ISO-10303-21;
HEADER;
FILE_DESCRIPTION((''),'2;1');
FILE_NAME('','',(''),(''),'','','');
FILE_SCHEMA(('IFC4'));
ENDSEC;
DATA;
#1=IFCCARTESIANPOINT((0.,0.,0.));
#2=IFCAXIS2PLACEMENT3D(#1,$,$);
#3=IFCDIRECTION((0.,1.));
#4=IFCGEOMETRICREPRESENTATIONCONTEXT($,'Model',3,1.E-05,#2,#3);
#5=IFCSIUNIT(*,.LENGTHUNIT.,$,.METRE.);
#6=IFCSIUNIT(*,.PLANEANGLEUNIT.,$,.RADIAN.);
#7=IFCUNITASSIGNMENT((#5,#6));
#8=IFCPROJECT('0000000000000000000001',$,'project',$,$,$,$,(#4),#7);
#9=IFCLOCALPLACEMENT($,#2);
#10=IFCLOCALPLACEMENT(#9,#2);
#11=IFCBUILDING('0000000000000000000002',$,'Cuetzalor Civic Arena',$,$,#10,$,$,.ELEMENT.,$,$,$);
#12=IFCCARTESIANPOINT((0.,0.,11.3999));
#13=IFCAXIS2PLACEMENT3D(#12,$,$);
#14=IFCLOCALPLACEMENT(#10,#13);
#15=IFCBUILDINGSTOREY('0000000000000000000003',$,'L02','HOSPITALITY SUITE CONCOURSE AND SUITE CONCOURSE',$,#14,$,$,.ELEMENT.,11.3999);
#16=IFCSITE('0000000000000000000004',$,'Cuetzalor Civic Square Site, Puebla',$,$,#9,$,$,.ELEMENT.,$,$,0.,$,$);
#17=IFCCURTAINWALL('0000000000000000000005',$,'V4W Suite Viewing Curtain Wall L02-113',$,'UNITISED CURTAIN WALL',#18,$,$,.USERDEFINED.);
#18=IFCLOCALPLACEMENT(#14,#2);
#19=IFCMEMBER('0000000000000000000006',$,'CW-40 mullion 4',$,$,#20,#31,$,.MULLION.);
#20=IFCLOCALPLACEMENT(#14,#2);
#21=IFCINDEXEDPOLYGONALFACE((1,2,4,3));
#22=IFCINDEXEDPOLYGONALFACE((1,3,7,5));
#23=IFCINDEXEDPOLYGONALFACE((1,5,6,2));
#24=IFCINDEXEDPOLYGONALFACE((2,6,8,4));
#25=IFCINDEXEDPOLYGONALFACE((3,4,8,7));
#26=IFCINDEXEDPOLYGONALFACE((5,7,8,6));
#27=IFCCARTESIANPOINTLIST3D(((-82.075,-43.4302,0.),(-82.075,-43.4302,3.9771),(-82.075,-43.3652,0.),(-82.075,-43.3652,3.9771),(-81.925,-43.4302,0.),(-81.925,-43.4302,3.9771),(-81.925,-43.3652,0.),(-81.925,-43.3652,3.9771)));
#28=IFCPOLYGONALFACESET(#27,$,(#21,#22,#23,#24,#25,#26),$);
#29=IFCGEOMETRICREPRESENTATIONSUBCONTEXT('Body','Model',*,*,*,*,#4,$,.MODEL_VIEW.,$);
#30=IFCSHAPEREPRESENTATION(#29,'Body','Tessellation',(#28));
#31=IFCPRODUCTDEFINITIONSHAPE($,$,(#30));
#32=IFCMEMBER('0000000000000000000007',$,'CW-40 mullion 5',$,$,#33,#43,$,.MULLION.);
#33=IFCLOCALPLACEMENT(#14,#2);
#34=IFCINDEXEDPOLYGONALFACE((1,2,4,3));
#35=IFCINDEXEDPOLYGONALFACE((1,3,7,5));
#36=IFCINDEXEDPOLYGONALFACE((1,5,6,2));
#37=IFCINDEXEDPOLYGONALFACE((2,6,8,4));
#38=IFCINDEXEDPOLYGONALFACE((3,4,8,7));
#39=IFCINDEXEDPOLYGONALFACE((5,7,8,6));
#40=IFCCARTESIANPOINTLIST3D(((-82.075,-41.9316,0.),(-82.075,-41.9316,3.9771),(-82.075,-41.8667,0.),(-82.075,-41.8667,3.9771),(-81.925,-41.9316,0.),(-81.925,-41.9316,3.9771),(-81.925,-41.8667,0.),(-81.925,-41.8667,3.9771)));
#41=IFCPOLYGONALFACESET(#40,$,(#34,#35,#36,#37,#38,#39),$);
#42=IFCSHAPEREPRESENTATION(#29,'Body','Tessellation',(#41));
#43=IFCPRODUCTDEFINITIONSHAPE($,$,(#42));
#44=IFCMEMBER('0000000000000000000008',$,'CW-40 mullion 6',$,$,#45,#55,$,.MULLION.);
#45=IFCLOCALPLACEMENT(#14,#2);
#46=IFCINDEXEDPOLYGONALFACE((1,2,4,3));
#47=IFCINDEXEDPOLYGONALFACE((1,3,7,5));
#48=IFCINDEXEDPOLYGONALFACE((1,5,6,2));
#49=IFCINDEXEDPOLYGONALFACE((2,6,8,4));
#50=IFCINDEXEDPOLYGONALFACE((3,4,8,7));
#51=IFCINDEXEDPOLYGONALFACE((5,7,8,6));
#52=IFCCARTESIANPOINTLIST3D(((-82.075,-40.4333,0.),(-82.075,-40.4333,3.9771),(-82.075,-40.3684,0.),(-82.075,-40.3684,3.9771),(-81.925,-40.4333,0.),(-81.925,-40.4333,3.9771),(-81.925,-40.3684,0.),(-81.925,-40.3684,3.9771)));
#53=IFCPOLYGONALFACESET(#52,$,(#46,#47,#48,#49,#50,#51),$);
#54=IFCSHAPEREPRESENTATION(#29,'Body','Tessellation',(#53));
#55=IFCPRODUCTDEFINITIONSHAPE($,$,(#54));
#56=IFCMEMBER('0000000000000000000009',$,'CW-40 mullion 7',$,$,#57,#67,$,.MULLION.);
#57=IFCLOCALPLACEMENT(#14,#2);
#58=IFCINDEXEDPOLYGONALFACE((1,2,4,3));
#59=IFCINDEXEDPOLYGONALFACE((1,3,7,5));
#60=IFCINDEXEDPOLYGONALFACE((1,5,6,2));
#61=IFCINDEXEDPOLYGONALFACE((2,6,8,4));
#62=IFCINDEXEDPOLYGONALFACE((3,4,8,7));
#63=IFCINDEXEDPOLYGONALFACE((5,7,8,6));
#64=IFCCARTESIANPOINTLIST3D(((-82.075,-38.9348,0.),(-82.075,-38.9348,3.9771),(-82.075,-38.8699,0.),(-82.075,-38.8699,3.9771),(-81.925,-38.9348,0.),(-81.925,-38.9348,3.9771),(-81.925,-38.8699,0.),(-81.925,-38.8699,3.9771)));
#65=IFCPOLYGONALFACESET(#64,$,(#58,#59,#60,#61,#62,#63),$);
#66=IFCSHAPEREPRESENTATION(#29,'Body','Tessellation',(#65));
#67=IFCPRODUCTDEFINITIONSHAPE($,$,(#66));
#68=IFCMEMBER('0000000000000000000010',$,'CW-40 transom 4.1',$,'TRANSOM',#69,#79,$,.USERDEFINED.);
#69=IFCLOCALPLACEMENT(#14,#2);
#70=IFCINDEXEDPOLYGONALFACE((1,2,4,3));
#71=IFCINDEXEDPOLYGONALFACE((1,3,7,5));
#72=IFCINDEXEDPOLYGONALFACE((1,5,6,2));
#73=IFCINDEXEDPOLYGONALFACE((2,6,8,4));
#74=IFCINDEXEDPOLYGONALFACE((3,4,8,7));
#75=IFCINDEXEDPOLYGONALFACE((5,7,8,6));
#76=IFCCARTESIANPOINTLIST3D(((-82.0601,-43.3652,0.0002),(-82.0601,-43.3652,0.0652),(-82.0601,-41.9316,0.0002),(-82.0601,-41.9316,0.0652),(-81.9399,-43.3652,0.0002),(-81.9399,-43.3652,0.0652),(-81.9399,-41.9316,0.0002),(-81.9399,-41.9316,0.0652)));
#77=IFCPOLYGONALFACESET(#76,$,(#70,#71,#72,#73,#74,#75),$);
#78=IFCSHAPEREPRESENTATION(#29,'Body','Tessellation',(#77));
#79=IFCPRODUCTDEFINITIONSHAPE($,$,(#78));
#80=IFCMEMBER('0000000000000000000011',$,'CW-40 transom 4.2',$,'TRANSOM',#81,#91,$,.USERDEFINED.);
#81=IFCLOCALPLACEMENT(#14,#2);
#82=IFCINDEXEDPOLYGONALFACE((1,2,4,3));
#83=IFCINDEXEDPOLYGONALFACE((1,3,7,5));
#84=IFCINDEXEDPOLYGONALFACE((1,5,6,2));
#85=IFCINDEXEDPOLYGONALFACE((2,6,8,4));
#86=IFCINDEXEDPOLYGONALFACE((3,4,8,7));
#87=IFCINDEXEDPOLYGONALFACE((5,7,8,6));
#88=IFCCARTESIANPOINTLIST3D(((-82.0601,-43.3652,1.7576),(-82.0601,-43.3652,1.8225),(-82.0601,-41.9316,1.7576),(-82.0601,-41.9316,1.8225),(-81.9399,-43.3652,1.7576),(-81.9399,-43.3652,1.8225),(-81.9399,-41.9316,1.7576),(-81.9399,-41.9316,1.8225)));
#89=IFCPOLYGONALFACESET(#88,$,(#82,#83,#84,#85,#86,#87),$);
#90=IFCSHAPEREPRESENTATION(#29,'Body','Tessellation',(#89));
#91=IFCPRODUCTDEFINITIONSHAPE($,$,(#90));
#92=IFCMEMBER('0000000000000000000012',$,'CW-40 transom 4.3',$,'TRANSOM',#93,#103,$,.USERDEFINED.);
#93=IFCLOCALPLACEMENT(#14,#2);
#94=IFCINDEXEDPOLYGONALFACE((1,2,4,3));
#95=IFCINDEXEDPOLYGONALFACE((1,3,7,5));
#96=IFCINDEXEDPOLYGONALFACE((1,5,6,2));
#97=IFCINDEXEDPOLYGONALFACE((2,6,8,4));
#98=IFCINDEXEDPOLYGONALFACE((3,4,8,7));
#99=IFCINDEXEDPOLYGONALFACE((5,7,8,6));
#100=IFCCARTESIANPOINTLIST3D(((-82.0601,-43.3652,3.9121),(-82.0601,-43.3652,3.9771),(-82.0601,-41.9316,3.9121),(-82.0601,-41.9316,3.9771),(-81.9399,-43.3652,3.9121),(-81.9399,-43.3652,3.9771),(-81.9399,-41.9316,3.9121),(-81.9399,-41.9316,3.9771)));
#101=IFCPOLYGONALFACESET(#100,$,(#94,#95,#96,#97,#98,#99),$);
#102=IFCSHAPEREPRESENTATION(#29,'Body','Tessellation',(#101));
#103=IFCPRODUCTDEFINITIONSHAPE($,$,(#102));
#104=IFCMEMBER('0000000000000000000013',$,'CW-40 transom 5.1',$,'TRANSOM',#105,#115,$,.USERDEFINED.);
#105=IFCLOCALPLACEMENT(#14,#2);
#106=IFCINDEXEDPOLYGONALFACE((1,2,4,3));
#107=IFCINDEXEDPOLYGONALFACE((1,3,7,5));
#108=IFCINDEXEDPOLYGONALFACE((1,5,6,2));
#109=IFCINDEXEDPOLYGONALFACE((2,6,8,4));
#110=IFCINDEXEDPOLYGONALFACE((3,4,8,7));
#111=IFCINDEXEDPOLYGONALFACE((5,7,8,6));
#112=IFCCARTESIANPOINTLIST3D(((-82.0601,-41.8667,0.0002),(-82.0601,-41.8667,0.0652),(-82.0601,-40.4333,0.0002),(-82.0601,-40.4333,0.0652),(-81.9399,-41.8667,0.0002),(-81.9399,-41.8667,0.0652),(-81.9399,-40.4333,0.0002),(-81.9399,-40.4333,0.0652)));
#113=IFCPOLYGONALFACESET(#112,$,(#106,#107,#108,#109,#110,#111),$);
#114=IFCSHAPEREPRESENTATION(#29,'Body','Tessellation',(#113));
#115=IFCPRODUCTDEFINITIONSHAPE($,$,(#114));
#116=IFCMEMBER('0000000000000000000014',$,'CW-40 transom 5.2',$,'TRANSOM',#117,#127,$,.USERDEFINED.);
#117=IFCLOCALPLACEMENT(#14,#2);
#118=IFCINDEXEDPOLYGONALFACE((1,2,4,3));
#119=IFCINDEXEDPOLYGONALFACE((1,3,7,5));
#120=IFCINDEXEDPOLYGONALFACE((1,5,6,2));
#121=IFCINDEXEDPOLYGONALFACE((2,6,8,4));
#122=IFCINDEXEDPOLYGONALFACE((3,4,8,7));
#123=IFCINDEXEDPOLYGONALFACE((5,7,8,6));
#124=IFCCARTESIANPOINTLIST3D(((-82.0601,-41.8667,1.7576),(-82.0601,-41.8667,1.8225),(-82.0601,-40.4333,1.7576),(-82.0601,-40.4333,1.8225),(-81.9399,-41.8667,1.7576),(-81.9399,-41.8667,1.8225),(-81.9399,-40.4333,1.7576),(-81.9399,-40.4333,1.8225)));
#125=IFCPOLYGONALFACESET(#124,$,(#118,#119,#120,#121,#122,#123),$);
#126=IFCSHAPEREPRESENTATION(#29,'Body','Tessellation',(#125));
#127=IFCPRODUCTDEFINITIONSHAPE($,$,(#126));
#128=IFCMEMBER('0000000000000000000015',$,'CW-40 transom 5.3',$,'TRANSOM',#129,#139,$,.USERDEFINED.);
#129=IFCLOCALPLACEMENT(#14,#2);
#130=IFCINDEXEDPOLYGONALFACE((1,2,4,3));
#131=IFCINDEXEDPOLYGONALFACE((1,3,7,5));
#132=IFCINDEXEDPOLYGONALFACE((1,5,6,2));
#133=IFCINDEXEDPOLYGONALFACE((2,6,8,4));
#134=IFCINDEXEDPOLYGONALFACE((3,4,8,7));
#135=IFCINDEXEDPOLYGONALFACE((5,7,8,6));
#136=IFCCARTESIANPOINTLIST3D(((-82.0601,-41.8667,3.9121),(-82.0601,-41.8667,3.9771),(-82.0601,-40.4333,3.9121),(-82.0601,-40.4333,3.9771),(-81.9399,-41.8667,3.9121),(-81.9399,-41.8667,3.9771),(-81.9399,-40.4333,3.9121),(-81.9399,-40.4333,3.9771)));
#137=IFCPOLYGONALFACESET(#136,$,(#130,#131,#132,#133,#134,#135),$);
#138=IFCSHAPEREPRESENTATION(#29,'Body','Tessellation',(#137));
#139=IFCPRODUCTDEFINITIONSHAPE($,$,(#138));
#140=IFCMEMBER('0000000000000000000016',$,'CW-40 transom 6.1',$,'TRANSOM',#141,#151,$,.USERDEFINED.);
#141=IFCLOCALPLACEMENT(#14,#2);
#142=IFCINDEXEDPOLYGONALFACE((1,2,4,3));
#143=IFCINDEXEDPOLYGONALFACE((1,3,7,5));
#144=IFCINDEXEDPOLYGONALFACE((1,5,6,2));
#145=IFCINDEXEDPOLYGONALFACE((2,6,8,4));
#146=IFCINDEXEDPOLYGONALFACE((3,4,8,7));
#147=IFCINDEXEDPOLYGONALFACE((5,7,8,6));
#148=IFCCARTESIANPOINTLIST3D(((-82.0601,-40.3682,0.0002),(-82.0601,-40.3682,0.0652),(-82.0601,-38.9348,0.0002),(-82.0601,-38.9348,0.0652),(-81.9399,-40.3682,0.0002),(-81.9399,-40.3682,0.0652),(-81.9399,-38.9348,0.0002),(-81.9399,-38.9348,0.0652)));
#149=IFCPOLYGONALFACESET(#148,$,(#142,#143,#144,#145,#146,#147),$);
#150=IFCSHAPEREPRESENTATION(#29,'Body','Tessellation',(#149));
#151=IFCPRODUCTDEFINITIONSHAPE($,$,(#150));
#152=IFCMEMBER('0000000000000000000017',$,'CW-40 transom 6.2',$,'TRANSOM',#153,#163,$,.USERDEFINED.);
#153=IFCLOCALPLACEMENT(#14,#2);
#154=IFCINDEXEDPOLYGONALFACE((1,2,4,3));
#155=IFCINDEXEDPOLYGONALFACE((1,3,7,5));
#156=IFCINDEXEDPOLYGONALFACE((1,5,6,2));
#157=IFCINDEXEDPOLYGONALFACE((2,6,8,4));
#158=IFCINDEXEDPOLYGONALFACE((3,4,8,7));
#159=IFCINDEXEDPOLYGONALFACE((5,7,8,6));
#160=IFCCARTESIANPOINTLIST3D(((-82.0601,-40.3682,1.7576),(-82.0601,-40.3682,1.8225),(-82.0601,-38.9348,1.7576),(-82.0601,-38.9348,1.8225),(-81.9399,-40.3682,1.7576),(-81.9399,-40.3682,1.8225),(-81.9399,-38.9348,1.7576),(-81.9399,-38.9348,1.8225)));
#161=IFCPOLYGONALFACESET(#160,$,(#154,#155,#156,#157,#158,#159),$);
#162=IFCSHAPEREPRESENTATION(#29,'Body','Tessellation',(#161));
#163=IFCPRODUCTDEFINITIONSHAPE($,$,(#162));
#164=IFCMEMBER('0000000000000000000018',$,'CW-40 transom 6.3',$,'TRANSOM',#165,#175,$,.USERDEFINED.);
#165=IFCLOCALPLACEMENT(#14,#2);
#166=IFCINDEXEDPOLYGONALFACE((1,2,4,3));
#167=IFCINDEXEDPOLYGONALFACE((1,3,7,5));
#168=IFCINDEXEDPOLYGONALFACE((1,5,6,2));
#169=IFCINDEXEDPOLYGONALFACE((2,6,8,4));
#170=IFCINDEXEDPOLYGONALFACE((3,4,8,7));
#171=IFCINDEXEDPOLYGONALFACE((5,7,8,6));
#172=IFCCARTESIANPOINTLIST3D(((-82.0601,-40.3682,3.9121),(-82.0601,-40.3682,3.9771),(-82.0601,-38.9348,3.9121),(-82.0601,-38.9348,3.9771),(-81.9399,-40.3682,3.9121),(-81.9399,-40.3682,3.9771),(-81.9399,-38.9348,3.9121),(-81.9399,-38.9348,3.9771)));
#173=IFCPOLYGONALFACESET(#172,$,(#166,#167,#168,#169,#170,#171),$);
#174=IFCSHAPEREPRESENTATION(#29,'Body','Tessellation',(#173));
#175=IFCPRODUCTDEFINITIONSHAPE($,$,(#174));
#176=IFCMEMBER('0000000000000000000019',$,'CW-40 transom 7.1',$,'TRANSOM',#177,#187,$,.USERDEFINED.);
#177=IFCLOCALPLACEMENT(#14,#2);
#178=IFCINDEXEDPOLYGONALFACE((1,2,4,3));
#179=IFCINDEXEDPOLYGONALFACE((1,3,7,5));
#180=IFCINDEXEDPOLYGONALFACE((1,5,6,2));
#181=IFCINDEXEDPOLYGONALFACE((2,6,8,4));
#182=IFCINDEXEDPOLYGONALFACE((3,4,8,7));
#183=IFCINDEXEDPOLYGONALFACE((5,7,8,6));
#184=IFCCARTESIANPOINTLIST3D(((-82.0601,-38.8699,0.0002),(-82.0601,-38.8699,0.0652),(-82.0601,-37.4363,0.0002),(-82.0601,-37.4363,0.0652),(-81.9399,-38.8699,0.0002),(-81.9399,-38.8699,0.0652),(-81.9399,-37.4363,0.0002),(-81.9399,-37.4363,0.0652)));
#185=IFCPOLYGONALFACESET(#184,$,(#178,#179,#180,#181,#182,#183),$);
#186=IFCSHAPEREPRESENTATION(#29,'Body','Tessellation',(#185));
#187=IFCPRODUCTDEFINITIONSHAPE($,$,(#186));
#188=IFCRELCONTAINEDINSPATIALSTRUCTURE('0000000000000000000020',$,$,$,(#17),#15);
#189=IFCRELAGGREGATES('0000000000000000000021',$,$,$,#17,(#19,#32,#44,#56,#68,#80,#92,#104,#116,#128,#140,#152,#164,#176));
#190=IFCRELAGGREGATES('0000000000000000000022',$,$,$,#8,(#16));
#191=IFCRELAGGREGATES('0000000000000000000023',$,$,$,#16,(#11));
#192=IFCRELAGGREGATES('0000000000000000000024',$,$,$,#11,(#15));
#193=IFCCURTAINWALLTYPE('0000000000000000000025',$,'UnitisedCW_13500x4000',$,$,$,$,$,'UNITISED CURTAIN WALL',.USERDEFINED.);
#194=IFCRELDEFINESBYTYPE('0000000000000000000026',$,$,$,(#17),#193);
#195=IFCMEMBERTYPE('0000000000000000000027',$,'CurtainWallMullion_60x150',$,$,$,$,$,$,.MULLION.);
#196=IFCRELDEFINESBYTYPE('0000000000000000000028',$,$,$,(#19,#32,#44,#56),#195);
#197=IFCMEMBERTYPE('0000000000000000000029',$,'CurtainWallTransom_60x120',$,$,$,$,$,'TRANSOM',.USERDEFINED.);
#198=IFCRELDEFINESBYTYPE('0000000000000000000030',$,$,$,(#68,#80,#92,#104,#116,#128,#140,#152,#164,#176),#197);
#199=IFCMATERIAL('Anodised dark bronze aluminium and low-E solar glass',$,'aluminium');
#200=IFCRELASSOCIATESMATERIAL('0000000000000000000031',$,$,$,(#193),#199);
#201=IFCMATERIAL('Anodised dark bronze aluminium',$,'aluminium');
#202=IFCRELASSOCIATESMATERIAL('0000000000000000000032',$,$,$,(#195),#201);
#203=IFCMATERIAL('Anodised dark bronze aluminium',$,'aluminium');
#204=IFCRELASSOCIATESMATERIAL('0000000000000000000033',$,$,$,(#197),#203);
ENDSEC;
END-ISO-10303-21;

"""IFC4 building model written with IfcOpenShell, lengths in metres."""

from ifc_helpers import new_model, si_unit, direction, frame, origin, origin_2d, place, context, subcontext, project, spatial, rectangle, extrude, material, material_profile, profile_set, type_object, element, aggregate, save


model = new_model("IFC4")

# Units and contexts
model_context = context("Model", 3, precision=1e-05, world=origin(), true_north=direction((0.0, 1.0)))
body_context = subcontext(model_context, "Body", "Model", "MODEL_VIEW")
ifc_project = project(units=[si_unit("LENGTHUNIT", "METRE"), si_unit("PLANEANGLEUNIT", "RADIAN")], contexts=[model_context])

# Site, building, storey
site_placement = place(None, origin())
site = spatial("IfcSite", under=ifc_project, at=site_placement, Name="Cuetzalor Civic Square Site, Puebla", CompositionType="ELEMENT", RefElevation=0.0)
building_placement = place(site_placement, origin())
building = spatial("IfcBuilding", under=site, at=building_placement, Name="Cuetzalor Civic Arena", CompositionType="ELEMENT")
storey_placement = place(building_placement, frame((0.0, 0.0, 11.3999)))
storey = spatial("IfcBuildingStorey", under=building, at=storey_placement, Name="L02", Description="HOSPITALITY SUITE CONCOURSE AND SUITE CONCOURSE", CompositionType="ELEMENT", Elevation=11.3999)

# Curtain wall, members
ifc_material_1 = material(Name="Anodised dark bronze aluminium and low-E solar glass", Category="aluminium")
curtain_wall_type = type_object("IfcCurtainWallType", Name="UnitisedCW_13500x4000", ElementType="UNITISED CURTAIN WALL", PredefinedType="USERDEFINED", material=ifc_material_1)
curtain_wall_placement = place(storey_placement, origin())
curtain_wall = element("IfcCurtainWall", 1, at=curtain_wall_placement, inside=storey, type_object=curtain_wall_type, Name="V4W Suite Viewing Curtain Wall L02-113", ObjectType="UNITISED CURTAIN WALL", PredefinedType="USERDEFINED")
ifc_material_2 = material(Name="Anodised dark bronze aluminium", Category="aluminium")
ifc_material_profile_1 = material_profile(ifc_material_2, rectangle(XDim=0.0649, YDim=0.1499, at=origin_2d()), Name="ALU MULLION 65x150")
ifc_profile_set_1 = profile_set([ifc_material_profile_1], Name="Anodised dark bronze aluminium")
member_type_1 = type_object("IfcMemberType", Name="CurtainWallMullion_60x150", PredefinedType="MULLION", material=ifc_profile_set_1)
member_1_placement = place(storey_placement, frame((-82.0, -43.3977, 0.0), z_axis=(0.0, 0.0, 1.0), x_axis=(0.0, 1.0, 0.0)))
member_1 = element("IfcMember", 2, at=member_1_placement, type_object=member_type_1, Name="CW-40 mullion 4", PredefinedType="MULLION", context=body_context, shape_type="SweptSolid", body=[
    extrude(rectangle(XDim=0.0649, YDim=0.1499, at=origin_2d()), origin(), (0.0, 0.0, 1.0), 3.9771),
])
member_2_placement = place(storey_placement, frame((-82.0, -41.8992, 0.0), z_axis=(0.0, 0.0, 1.0), x_axis=(0.0, 1.0, 0.0)))
member_2 = element("IfcMember", 3, at=member_2_placement, type_object=member_type_1, Name="CW-40 mullion 5", PredefinedType="MULLION", context=body_context, shape_type="SweptSolid", body=[
    extrude(rectangle(XDim=0.0649, YDim=0.1499, at=origin_2d()), origin(), (0.0, 0.0, 1.0), 3.9771),
])
member_3_placement = place(storey_placement, frame((-82.0, -40.4009, 0.0), z_axis=(0.0, 0.0, 1.0), x_axis=(0.0, 1.0, 0.0)))
member_3 = element("IfcMember", 4, at=member_3_placement, type_object=member_type_1, Name="CW-40 mullion 6", PredefinedType="MULLION", context=body_context, shape_type="SweptSolid", body=[
    extrude(rectangle(XDim=0.0649, YDim=0.1499, at=origin_2d()), origin(), (0.0, 0.0, 1.0), 3.9771),
])
member_4_placement = place(storey_placement, frame((-82.0, -38.9023, 0.0), z_axis=(0.0, 0.0, 1.0), x_axis=(0.0, 1.0, 0.0)))
member_4 = element("IfcMember", 5, at=member_4_placement, type_object=member_type_1, Name="CW-40 mullion 7", PredefinedType="MULLION", context=body_context, shape_type="SweptSolid", body=[
    extrude(rectangle(XDim=0.0649, YDim=0.1499, at=origin_2d()), origin(), (0.0, 0.0, 1.0), 3.9771),
])
ifc_material_3 = material(Name="Anodised dark bronze aluminium", Category="aluminium")
ifc_material_profile_2 = material_profile(ifc_material_3, rectangle(XDim=0.1201, YDim=0.0649, at=origin_2d()), Name="ALU TRANSOM 65x120")
ifc_profile_set_2 = profile_set([ifc_material_profile_2], Name="Anodised dark bronze aluminium")
member_type_2 = type_object("IfcMemberType", Name="CurtainWallTransom_60x120", ElementType="TRANSOM", PredefinedType="USERDEFINED", material=ifc_profile_set_2)
member_5_placement = place(storey_placement, frame((-82.0, -43.3652, 0.0327), z_axis=(0.0, 1.0, 0.0), x_axis=(-1.0, 0.0, 0.0)))
member_5 = element("IfcMember", 6, at=member_5_placement, type_object=member_type_2, Name="CW-40 transom 4.1", ObjectType="TRANSOM", PredefinedType="USERDEFINED", context=body_context, shape_type="SweptSolid", body=[
    extrude(rectangle(XDim=0.1201, YDim=0.0649, at=origin_2d()), origin(), (0.0, 0.0, 1.0), 1.4336),
])
member_6_placement = place(storey_placement, frame((-82.0, -43.3652, 1.79), z_axis=(0.0, 1.0, 0.0), x_axis=(-1.0, 0.0, 0.0)))
member_6 = element("IfcMember", 7, at=member_6_placement, type_object=member_type_2, Name="CW-40 transom 4.2", ObjectType="TRANSOM", PredefinedType="USERDEFINED", context=body_context, shape_type="SweptSolid", body=[
    extrude(rectangle(XDim=0.1201, YDim=0.0649, at=origin_2d()), origin(), (0.0, 0.0, 1.0), 1.4336),
])
member_7_placement = place(storey_placement, frame((-82.0, -43.3652, 3.9446), z_axis=(0.0, 1.0, 0.0), x_axis=(-1.0, 0.0, 0.0)))
member_7 = element("IfcMember", 8, at=member_7_placement, type_object=member_type_2, Name="CW-40 transom 4.3", ObjectType="TRANSOM", PredefinedType="USERDEFINED", context=body_context, shape_type="SweptSolid", body=[
    extrude(rectangle(XDim=0.1201, YDim=0.0649, at=origin_2d()), origin(), (0.0, 0.0, 1.0), 1.4336),
])
member_8_placement = place(storey_placement, frame((-82.0, -41.8667, 0.0327), z_axis=(0.0, 1.0, 0.0), x_axis=(-1.0, 0.0, 0.0)))
member_8 = element("IfcMember", 9, at=member_8_placement, type_object=member_type_2, Name="CW-40 transom 5.1", ObjectType="TRANSOM", PredefinedType="USERDEFINED", context=body_context, shape_type="SweptSolid", body=[
    extrude(rectangle(XDim=0.1201, YDim=0.0649, at=origin_2d()), origin(), (0.0, 0.0, 1.0), 1.4333),
])
member_9_placement = place(storey_placement, frame((-82.0, -41.8667, 1.79), z_axis=(0.0, 1.0, 0.0), x_axis=(-1.0, 0.0, 0.0)))
member_9 = element("IfcMember", 10, at=member_9_placement, type_object=member_type_2, Name="CW-40 transom 5.2", ObjectType="TRANSOM", PredefinedType="USERDEFINED", context=body_context, shape_type="SweptSolid", body=[
    extrude(rectangle(XDim=0.1201, YDim=0.0649, at=origin_2d()), origin(), (0.0, 0.0, 1.0), 1.4333),
])
member_10_placement = place(storey_placement, frame((-82.0, -41.8667, 3.9446), z_axis=(0.0, 1.0, 0.0), x_axis=(-1.0, 0.0, 0.0)))
member_10 = element("IfcMember", 11, at=member_10_placement, type_object=member_type_2, Name="CW-40 transom 5.3", ObjectType="TRANSOM", PredefinedType="USERDEFINED", context=body_context, shape_type="SweptSolid", body=[
    extrude(rectangle(XDim=0.1201, YDim=0.0649, at=origin_2d()), origin(), (0.0, 0.0, 1.0), 1.4333),
])
member_11_placement = place(storey_placement, frame((-82.0, -40.3682, 0.0327), z_axis=(0.0, 1.0, 0.0), x_axis=(-1.0, 0.0, 0.0)))
member_11 = element("IfcMember", 12, at=member_11_placement, type_object=member_type_2, Name="CW-40 transom 6.1", ObjectType="TRANSOM", PredefinedType="USERDEFINED", context=body_context, shape_type="SweptSolid", body=[
    extrude(rectangle(XDim=0.1201, YDim=0.0649, at=origin_2d()), origin(), (0.0, 0.0, 1.0), 1.4333),
])
member_12_placement = place(storey_placement, frame((-82.0, -40.3682, 1.79), z_axis=(0.0, 1.0, 0.0), x_axis=(-1.0, 0.0, 0.0)))
member_12 = element("IfcMember", 13, at=member_12_placement, type_object=member_type_2, Name="CW-40 transom 6.2", ObjectType="TRANSOM", PredefinedType="USERDEFINED", context=body_context, shape_type="SweptSolid", body=[
    extrude(rectangle(XDim=0.1201, YDim=0.0649, at=origin_2d()), origin(), (0.0, 0.0, 1.0), 1.4333),
])
member_13_placement = place(storey_placement, frame((-82.0, -40.3682, 3.9446), z_axis=(0.0, 1.0, 0.0), x_axis=(-1.0, 0.0, 0.0)))
member_13 = element("IfcMember", 14, at=member_13_placement, type_object=member_type_2, Name="CW-40 transom 6.3", ObjectType="TRANSOM", PredefinedType="USERDEFINED", context=body_context, shape_type="SweptSolid", body=[
    extrude(rectangle(XDim=0.1201, YDim=0.0649, at=origin_2d()), origin(), (0.0, 0.0, 1.0), 1.4333),
])
member_14_placement = place(storey_placement, frame((-82.0, -38.8699, 0.0327), z_axis=(0.0, 1.0, 0.0), x_axis=(-1.0, 0.0, 0.0)))
member_14 = element("IfcMember", 15, at=member_14_placement, type_object=member_type_2, Name="CW-40 transom 7.1", ObjectType="TRANSOM", PredefinedType="USERDEFINED", context=body_context, shape_type="SweptSolid", body=[
    extrude(rectangle(XDim=0.1201, YDim=0.0649, at=origin_2d()), origin(), (0.0, 0.0, 1.0), 1.4336),
])
aggregate(curtain_wall, [member_1, member_2, member_3, member_4, member_5, member_6, member_7, member_8, member_9, member_10, member_11, member_12, member_13, member_14])

save(model, "model.ifc")
